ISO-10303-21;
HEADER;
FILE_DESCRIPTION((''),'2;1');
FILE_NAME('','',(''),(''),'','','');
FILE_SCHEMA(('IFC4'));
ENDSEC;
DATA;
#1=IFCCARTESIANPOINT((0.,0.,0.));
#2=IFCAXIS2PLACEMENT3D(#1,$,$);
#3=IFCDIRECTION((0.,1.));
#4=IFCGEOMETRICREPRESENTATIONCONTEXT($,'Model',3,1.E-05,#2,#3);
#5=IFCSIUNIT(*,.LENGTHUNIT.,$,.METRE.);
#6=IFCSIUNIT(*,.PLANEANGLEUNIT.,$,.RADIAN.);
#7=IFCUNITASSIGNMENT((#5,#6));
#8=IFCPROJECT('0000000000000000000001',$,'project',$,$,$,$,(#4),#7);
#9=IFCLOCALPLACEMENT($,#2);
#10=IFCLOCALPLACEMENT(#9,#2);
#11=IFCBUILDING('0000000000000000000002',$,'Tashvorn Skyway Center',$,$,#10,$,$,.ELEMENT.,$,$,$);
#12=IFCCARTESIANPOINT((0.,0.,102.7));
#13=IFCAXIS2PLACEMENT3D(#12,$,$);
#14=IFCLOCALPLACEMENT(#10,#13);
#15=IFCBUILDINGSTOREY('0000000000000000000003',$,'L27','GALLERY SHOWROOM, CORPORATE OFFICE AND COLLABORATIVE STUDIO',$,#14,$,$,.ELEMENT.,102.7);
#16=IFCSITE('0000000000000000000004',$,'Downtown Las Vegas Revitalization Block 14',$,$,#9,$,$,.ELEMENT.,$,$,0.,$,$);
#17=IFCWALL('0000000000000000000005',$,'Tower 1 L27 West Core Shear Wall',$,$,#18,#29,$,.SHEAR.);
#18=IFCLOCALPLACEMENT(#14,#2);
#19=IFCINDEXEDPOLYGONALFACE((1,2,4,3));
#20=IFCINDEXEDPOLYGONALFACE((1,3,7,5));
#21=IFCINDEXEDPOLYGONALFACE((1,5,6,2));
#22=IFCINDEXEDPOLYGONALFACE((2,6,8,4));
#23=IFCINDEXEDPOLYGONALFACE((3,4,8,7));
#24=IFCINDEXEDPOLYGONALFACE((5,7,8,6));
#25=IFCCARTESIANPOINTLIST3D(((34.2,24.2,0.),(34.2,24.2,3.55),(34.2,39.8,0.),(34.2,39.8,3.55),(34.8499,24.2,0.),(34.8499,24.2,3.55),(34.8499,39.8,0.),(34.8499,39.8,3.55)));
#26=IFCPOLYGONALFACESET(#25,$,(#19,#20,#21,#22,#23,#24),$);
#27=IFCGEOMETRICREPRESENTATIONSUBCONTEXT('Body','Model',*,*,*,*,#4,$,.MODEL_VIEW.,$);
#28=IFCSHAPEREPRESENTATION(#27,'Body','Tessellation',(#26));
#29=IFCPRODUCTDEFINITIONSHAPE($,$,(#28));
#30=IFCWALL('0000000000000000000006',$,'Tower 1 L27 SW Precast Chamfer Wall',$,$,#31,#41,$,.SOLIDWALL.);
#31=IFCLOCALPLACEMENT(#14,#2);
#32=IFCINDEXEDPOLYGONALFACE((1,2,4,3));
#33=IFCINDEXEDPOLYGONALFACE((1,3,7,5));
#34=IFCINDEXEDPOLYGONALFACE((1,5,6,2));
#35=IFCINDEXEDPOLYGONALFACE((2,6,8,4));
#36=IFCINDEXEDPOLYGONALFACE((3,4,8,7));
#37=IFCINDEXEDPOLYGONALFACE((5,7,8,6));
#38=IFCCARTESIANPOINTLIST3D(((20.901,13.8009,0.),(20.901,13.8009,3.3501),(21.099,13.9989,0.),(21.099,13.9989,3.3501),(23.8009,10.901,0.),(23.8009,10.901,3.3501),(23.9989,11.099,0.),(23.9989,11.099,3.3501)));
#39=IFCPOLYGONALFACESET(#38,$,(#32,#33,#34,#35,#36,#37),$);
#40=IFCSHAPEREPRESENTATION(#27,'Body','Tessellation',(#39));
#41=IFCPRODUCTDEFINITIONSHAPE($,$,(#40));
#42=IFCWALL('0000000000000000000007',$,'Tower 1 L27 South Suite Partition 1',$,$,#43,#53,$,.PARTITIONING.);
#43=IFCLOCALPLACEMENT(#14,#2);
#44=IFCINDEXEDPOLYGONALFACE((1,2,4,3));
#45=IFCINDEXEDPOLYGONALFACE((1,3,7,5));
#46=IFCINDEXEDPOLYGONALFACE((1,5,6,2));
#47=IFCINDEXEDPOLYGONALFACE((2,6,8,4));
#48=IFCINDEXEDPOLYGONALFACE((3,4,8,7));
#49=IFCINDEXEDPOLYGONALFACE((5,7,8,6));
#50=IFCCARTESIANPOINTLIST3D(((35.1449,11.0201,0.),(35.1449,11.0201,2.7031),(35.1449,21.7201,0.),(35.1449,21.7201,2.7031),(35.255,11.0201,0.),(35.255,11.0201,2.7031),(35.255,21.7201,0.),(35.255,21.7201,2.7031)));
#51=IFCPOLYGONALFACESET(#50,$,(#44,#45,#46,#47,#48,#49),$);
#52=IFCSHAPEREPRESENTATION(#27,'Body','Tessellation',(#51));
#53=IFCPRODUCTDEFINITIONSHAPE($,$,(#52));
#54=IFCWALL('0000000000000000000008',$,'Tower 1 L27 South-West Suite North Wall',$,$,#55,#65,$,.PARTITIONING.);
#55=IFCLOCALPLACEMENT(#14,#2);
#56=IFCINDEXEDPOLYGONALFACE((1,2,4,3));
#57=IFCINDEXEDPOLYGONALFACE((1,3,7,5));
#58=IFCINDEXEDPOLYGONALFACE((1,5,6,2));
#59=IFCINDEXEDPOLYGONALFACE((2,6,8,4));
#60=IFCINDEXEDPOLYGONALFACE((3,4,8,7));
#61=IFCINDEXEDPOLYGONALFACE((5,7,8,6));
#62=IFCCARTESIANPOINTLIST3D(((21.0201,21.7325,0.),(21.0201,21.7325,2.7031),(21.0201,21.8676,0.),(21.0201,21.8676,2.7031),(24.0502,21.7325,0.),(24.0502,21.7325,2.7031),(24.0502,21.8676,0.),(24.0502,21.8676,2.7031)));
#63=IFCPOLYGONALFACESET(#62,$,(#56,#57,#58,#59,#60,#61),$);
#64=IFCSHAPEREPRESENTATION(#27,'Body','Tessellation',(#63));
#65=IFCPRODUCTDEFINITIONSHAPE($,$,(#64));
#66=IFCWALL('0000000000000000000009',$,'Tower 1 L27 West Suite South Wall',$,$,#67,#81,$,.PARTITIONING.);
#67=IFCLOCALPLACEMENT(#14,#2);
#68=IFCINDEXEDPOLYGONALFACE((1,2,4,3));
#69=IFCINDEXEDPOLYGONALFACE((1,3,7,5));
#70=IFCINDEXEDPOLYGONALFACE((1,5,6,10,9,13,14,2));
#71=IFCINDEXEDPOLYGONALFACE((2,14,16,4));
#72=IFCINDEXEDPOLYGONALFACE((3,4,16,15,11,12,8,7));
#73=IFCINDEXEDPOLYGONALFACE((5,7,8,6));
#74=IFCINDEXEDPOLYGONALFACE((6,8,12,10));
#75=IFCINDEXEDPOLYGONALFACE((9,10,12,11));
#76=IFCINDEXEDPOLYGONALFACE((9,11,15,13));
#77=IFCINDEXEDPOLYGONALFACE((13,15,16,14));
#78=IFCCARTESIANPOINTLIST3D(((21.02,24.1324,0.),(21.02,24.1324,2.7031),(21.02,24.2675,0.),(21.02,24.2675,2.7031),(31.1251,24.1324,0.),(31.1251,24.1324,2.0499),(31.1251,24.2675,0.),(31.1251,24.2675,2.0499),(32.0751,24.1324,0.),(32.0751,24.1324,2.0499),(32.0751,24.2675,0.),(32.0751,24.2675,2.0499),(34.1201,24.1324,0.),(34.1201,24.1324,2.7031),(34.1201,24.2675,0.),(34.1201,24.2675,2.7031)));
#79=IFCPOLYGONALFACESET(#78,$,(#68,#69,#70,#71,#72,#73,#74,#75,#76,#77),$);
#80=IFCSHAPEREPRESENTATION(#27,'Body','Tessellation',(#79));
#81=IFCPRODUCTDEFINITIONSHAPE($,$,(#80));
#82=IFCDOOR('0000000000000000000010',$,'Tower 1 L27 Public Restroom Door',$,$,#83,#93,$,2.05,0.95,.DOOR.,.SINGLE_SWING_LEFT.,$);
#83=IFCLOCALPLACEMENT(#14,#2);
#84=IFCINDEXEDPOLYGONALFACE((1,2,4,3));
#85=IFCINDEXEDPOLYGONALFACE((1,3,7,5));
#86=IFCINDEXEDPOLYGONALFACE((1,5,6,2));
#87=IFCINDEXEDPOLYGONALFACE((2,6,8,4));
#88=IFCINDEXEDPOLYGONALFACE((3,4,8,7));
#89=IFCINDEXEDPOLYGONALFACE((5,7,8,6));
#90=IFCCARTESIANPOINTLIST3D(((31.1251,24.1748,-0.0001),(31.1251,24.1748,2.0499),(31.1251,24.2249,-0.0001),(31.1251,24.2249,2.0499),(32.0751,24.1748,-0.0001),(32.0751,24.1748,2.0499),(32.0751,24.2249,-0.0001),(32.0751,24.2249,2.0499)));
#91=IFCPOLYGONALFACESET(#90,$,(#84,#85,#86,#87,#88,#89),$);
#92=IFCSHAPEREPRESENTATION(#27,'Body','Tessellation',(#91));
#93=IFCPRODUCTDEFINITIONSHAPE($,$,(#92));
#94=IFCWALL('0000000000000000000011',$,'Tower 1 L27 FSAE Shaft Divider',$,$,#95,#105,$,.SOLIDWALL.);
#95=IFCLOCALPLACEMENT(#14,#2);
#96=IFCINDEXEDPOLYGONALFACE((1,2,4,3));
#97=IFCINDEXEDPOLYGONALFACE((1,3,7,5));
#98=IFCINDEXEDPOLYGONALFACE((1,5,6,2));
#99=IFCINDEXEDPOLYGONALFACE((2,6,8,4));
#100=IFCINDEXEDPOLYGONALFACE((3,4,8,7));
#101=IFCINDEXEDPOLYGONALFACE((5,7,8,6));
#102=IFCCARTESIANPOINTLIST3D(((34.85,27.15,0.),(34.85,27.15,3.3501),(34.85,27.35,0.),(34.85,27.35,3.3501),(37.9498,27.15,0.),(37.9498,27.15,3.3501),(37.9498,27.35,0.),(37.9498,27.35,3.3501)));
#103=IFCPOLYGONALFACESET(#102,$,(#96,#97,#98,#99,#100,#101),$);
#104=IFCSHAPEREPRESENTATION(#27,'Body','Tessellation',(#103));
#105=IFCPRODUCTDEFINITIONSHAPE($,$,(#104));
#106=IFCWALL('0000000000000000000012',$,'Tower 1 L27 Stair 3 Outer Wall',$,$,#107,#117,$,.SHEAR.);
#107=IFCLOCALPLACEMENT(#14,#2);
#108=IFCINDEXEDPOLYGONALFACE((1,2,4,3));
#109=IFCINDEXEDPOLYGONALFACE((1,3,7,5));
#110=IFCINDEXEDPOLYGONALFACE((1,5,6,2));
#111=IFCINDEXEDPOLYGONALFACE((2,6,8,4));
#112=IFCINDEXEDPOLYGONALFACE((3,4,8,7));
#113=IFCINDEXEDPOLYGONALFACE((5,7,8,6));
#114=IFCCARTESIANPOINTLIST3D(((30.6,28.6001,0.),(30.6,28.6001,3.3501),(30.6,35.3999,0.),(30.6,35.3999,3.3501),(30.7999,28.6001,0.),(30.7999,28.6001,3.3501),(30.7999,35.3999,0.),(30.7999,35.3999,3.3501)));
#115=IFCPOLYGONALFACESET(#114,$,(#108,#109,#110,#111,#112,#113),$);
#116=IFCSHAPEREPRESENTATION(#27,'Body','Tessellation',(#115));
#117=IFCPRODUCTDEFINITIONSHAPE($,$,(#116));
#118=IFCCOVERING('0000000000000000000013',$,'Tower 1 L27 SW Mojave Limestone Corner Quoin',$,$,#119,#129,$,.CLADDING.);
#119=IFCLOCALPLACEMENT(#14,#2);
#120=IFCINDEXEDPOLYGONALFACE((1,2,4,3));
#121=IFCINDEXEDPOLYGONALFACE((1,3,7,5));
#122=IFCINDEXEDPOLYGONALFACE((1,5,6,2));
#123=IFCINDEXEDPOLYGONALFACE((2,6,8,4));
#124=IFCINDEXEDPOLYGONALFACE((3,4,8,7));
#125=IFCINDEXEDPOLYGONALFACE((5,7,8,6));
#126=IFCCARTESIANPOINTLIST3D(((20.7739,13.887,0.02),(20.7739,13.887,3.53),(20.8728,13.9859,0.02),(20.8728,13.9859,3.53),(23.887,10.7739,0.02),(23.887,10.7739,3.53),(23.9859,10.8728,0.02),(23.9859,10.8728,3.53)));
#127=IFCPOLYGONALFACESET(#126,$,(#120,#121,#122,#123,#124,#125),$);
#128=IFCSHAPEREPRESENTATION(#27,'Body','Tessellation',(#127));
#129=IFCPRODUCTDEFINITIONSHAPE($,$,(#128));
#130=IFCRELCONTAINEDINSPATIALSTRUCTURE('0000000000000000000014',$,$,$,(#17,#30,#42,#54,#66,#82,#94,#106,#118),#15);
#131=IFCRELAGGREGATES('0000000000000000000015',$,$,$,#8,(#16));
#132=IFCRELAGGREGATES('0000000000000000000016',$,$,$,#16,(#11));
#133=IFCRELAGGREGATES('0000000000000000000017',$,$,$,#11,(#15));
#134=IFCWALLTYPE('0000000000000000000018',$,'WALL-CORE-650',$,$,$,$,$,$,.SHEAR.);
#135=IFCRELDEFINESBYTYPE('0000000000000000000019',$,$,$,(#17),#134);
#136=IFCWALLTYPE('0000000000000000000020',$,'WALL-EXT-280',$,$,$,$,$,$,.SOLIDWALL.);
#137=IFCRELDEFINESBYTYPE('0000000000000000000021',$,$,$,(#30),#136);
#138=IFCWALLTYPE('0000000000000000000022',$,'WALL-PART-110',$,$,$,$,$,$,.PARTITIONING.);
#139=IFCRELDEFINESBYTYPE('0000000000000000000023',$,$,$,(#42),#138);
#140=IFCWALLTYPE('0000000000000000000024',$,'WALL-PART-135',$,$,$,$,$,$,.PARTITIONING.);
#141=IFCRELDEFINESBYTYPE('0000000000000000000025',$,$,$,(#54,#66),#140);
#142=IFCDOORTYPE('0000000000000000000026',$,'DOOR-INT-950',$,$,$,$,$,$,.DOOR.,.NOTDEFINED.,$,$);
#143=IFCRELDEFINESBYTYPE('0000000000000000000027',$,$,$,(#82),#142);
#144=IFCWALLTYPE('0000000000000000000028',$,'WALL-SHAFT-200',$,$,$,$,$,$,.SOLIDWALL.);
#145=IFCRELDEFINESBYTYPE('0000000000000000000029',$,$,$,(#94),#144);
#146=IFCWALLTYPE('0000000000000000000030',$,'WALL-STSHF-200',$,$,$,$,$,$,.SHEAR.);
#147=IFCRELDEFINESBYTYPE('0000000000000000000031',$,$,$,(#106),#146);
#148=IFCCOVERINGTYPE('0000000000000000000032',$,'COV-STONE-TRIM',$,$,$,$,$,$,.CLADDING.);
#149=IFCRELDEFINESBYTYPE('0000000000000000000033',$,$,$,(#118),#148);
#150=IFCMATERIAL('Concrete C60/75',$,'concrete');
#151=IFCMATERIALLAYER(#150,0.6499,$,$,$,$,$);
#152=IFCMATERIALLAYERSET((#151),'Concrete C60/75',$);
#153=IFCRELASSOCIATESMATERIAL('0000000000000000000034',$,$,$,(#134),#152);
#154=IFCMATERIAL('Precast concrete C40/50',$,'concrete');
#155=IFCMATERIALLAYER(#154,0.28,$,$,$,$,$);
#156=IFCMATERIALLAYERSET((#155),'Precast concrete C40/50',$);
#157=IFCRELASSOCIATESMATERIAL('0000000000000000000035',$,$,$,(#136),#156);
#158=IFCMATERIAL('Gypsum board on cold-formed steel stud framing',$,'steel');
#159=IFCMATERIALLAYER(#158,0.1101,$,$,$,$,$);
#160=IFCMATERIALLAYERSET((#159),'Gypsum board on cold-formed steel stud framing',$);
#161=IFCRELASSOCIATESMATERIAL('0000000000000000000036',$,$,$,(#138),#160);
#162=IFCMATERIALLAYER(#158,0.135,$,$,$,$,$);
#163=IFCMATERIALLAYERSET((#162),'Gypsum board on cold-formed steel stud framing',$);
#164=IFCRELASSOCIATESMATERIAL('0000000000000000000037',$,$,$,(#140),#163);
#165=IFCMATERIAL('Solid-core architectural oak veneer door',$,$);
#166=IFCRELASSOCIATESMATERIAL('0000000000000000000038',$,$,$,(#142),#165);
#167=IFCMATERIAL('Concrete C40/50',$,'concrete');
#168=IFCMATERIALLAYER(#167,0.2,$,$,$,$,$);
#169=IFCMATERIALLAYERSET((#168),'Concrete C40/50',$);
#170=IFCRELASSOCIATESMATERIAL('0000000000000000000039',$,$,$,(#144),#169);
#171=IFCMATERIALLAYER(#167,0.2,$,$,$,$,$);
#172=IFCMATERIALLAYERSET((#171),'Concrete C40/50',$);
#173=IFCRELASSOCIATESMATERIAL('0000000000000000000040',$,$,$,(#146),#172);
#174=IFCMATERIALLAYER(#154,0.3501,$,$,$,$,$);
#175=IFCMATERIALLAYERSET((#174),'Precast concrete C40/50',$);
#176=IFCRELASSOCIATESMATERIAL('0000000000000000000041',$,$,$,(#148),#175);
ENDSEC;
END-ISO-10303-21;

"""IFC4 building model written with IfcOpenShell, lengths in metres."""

from ifc_helpers import new_model, si_unit, direction, frame, frame_2d, origin, origin_2d, place, context, subcontext, project, spatial, rectangle, extrude, material, layer, layer_set, type_object, element, fill, save


model = new_model("IFC4")

# Units and contexts
model_context = context("Model", 3, precision=1e-05, world=origin(), true_north=direction((0.0, 1.0)))
body_context = subcontext(model_context, "Body", "Model", "MODEL_VIEW")
ifc_project = project(units=[si_unit("LENGTHUNIT", "METRE"), si_unit("PLANEANGLEUNIT", "RADIAN")], contexts=[model_context])

# Site, building, storey
site_placement = place(None, origin())
site = spatial("IfcSite", under=ifc_project, at=site_placement, Name="Downtown Las Vegas Revitalization Block 14", CompositionType="ELEMENT", RefElevation=0.0)
building_placement = place(site_placement, origin())
building = spatial("IfcBuilding", under=site, at=building_placement, Name="Tashvorn Skyway Center", CompositionType="ELEMENT")
storey_placement = place(building_placement, frame((0.0, 0.0, 102.7)))
storey = spatial("IfcBuildingStorey", under=building, at=storey_placement, Name="L27", Description="GALLERY SHOWROOM, CORPORATE OFFICE AND COLLABORATIVE STUDIO", CompositionType="ELEMENT", Elevation=102.7)

# Walls
ifc_material_1 = material(Name="Concrete C60/75", Category="concrete")
ifc_layer_1 = layer(ifc_material_1, 0.6499)
ifc_layer_set_1 = layer_set([ifc_layer_1], Name="Concrete C60/75")
wall_type_1 = type_object("IfcWallType", Name="WALL-CORE-650", PredefinedType="SHEAR", material=ifc_layer_set_1)
wall_1_placement = place(storey_placement, frame((34.5249, 24.2, 0.0), z_axis=(0.0, 0.0, 1.0), x_axis=(0.0, 1.0, 0.0)))
element("IfcWall", 1, at=wall_1_placement, inside=storey, type_object=wall_type_1, Name="Tower 1 L27 West Core Shear Wall", PredefinedType="SHEAR", context=body_context, shape_type="SweptSolid", body=[
    extrude(rectangle(XDim=15.6001, YDim=0.6499, at=frame_2d((7.8, 0.0))), origin(), (0.0, 0.0, 1.0), 3.55),
])
ifc_material_2 = material(Name="Precast concrete C40/50", Category="concrete")
ifc_layer_2 = layer(ifc_material_2, 0.28)
ifc_layer_set_2 = layer_set([ifc_layer_2], Name="Precast concrete C40/50")
wall_type_2 = type_object("IfcWallType", Name="WALL-EXT-280", PredefinedType="SOLIDWALL", material=ifc_layer_set_2)
wall_2_placement = place(storey_placement, frame((23.8999, 11.0, 0.0), z_axis=(0.0, 0.0, 1.0), x_axis=(-0.707107, 0.707107, 0.0)))
element("IfcWall", 2, at=wall_2_placement, inside=storey, type_object=wall_type_2, Name="Tower 1 L27 SW Precast Chamfer Wall", PredefinedType="SOLIDWALL", context=body_context, shape_type="SweptSolid", body=[
    extrude(rectangle(XDim=4.1011, YDim=0.28, at=frame_2d((2.0505, 0.0))), origin(), (0.0, 0.0, 1.0), 3.3501),
])
ifc_material_3 = material(Name="Gypsum board on cold-formed steel stud framing", Category="steel")
ifc_layer_3 = layer(ifc_material_3, 0.1101)
ifc_layer_set_3 = layer_set([ifc_layer_3], Name="Gypsum board on cold-formed steel stud framing")
wall_type_3 = type_object("IfcWallType", Name="WALL-PART-110", PredefinedType="PARTITIONING", material=ifc_layer_set_3)
wall_3_placement = place(storey_placement, frame((35.2, 11.02, 0.0), z_axis=(0.0, 0.0, 1.0), x_axis=(0.0, 1.0, 0.0)))
element("IfcWall", 3, at=wall_3_placement, inside=storey, type_object=wall_type_3, Name="Tower 1 L27 South Suite Partition 1", PredefinedType="PARTITIONING", context=body_context, shape_type="SweptSolid", body=[
    extrude(rectangle(XDim=10.7, YDim=0.1101, at=frame_2d((5.3501, 0.0))), origin(), (0.0, 0.0, 1.0), 2.7031),
])
ifc_layer_4 = layer(ifc_material_3, 0.135)
ifc_layer_set_4 = layer_set([ifc_layer_4], Name="Gypsum board on cold-formed steel stud framing")
wall_type_4 = type_object("IfcWallType", Name="WALL-PART-135", PredefinedType="PARTITIONING", material=ifc_layer_set_4)
wall_4_placement = place(storey_placement, frame((21.02, 21.8, 0.0), z_axis=(0.0, 0.0, 1.0), x_axis=(1.0, 0.0, 0.0)))
element("IfcWall", 4, at=wall_4_placement, inside=storey, type_object=wall_type_4, Name="Tower 1 L27 South-West Suite North Wall", PredefinedType="PARTITIONING", context=body_context, shape_type="SweptSolid", body=[
    extrude(rectangle(XDim=3.03, YDim=0.135, at=frame_2d((1.5151, 0.0))), origin(), (0.0, 0.0, 1.0), 2.7031),
])

# Wall, opening, door
wall_5_placement = place(storey_placement, frame((21.02, 24.2, 0.0), z_axis=(0.0, 0.0, 1.0), x_axis=(1.0, 0.0, 0.0)))
wall_5 = element("IfcWall", 5, at=wall_5_placement, inside=storey, type_object=wall_type_4, Name="Tower 1 L27 West Suite South Wall", PredefinedType="PARTITIONING", context=body_context, shape_type="SweptSolid", body=[
    extrude(rectangle(XDim=13.1001, YDim=0.135, at=frame_2d((6.55, 0.0))), origin(), (0.0, 0.0, 1.0), 2.7031),
])
opening_placement = place(wall_5_placement, frame((10.105, 0.0, 0.0)))
opening = element("IfcOpeningElement", 6, at=opening_placement, cuts=wall_5, PredefinedType="OPENING", context=body_context, shape_type="SweptSolid", body=[
    extrude(rectangle(XDim=0.95, YDim=2.05, at=frame_2d((0.4751, 1.0249))), frame((0.0, 0.0774, 0.0), z_axis=(0.0, -1.0, 0.0), x_axis=(1.0, 0.0, 0.0)), (0.0, 0.0, 1.0), 0.155),
])
ifc_material_4 = material(Name="Solid-core architectural oak veneer door")
door_type = type_object("IfcDoorType", Name="DOOR-INT-950", OperationType="NOTDEFINED", PredefinedType="DOOR", material=ifc_material_4)
door_placement = place(opening_placement, origin())
door = element("IfcDoor", 7, at=door_placement, inside=storey, type_object=door_type, Name="Tower 1 L27 Public Restroom Door", OperationType="SINGLE_SWING_LEFT", OverallHeight=2.05, OverallWidth=0.95, PredefinedType="DOOR", context=body_context, shape_type="SweptSolid", body=[
    extrude(rectangle(XDim=0.95, YDim=2.05, at=frame_2d((0.4751, 1.0249))), frame((0.0, 0.0249, 0.0), z_axis=(0.0, -1.0, 0.0), x_axis=(1.0, 0.0, 0.0)), (0.0, 0.0, 1.0), 0.05),
])
fill(opening, door)

# Walls
ifc_material_5 = material(Name="Concrete C40/50", Category="concrete")
ifc_layer_5 = layer(ifc_material_5, 0.2)
ifc_layer_set_5 = layer_set([ifc_layer_5], Name="Concrete C40/50")
wall_type_5 = type_object("IfcWallType", Name="WALL-SHAFT-200", PredefinedType="SOLIDWALL", material=ifc_layer_set_5)
wall_6_placement = place(storey_placement, frame((34.8501, 27.25, 0.0), z_axis=(0.0, 0.0, 1.0), x_axis=(1.0, 0.0, 0.0)))
element("IfcWall", 8, at=wall_6_placement, inside=storey, type_object=wall_type_5, Name="Tower 1 L27 FSAE Shaft Divider", PredefinedType="SOLIDWALL", context=body_context, shape_type="SweptSolid", body=[
    extrude(rectangle(XDim=3.0999, YDim=0.2, at=frame_2d((1.5498, 0.0))), origin(), (0.0, 0.0, 1.0), 3.3501),
])
ifc_layer_6 = layer(ifc_material_5, 0.2)
ifc_layer_set_6 = layer_set([ifc_layer_6], Name="Concrete C40/50")
wall_type_6 = type_object("IfcWallType", Name="WALL-STSHF-200", PredefinedType="SHEAR", material=ifc_layer_set_6)
wall_7_placement = place(storey_placement, frame((30.7, 28.6001, 0.0), z_axis=(0.0, 0.0, 1.0), x_axis=(0.0, 1.0, 0.0)))
element("IfcWall", 9, at=wall_7_placement, inside=storey, type_object=wall_type_6, Name="Tower 1 L27 Stair 3 Outer Wall", PredefinedType="SHEAR", context=body_context, shape_type="SweptSolid", body=[
    extrude(rectangle(XDim=6.7998, YDim=0.2, at=frame_2d((3.3999, 0.0))), origin(), (0.0, 0.0, 1.0), 3.3501),
])

# Covering
ifc_layer_7 = layer(ifc_material_2, 0.3501)
ifc_layer_set_7 = layer_set([ifc_layer_7], Name="Precast concrete C40/50")
covering_type = type_object("IfcCoveringType", Name="COV-STONE-TRIM", PredefinedType="CLADDING", material=ifc_layer_set_7)
covering_placement = place(storey_placement, frame((22.3799, 12.3799, 0.02), z_axis=(0.0, 0.0, 1.0), x_axis=(-0.707107, 0.707107, 0.0)))
element("IfcCovering", 10, at=covering_placement, inside=storey, type_object=covering_type, Name="Tower 1 L27 SW Mojave Limestone Corner Quoin", PredefinedType="CLADDING", context=body_context, shape_type="SweptSolid", body=[
    extrude(rectangle(XDim=4.4026, YDim=0.1399, at=origin_2d()), origin(), (0.0, 0.0, 1.0), 3.51),
])

save(model, "model.ifc")
